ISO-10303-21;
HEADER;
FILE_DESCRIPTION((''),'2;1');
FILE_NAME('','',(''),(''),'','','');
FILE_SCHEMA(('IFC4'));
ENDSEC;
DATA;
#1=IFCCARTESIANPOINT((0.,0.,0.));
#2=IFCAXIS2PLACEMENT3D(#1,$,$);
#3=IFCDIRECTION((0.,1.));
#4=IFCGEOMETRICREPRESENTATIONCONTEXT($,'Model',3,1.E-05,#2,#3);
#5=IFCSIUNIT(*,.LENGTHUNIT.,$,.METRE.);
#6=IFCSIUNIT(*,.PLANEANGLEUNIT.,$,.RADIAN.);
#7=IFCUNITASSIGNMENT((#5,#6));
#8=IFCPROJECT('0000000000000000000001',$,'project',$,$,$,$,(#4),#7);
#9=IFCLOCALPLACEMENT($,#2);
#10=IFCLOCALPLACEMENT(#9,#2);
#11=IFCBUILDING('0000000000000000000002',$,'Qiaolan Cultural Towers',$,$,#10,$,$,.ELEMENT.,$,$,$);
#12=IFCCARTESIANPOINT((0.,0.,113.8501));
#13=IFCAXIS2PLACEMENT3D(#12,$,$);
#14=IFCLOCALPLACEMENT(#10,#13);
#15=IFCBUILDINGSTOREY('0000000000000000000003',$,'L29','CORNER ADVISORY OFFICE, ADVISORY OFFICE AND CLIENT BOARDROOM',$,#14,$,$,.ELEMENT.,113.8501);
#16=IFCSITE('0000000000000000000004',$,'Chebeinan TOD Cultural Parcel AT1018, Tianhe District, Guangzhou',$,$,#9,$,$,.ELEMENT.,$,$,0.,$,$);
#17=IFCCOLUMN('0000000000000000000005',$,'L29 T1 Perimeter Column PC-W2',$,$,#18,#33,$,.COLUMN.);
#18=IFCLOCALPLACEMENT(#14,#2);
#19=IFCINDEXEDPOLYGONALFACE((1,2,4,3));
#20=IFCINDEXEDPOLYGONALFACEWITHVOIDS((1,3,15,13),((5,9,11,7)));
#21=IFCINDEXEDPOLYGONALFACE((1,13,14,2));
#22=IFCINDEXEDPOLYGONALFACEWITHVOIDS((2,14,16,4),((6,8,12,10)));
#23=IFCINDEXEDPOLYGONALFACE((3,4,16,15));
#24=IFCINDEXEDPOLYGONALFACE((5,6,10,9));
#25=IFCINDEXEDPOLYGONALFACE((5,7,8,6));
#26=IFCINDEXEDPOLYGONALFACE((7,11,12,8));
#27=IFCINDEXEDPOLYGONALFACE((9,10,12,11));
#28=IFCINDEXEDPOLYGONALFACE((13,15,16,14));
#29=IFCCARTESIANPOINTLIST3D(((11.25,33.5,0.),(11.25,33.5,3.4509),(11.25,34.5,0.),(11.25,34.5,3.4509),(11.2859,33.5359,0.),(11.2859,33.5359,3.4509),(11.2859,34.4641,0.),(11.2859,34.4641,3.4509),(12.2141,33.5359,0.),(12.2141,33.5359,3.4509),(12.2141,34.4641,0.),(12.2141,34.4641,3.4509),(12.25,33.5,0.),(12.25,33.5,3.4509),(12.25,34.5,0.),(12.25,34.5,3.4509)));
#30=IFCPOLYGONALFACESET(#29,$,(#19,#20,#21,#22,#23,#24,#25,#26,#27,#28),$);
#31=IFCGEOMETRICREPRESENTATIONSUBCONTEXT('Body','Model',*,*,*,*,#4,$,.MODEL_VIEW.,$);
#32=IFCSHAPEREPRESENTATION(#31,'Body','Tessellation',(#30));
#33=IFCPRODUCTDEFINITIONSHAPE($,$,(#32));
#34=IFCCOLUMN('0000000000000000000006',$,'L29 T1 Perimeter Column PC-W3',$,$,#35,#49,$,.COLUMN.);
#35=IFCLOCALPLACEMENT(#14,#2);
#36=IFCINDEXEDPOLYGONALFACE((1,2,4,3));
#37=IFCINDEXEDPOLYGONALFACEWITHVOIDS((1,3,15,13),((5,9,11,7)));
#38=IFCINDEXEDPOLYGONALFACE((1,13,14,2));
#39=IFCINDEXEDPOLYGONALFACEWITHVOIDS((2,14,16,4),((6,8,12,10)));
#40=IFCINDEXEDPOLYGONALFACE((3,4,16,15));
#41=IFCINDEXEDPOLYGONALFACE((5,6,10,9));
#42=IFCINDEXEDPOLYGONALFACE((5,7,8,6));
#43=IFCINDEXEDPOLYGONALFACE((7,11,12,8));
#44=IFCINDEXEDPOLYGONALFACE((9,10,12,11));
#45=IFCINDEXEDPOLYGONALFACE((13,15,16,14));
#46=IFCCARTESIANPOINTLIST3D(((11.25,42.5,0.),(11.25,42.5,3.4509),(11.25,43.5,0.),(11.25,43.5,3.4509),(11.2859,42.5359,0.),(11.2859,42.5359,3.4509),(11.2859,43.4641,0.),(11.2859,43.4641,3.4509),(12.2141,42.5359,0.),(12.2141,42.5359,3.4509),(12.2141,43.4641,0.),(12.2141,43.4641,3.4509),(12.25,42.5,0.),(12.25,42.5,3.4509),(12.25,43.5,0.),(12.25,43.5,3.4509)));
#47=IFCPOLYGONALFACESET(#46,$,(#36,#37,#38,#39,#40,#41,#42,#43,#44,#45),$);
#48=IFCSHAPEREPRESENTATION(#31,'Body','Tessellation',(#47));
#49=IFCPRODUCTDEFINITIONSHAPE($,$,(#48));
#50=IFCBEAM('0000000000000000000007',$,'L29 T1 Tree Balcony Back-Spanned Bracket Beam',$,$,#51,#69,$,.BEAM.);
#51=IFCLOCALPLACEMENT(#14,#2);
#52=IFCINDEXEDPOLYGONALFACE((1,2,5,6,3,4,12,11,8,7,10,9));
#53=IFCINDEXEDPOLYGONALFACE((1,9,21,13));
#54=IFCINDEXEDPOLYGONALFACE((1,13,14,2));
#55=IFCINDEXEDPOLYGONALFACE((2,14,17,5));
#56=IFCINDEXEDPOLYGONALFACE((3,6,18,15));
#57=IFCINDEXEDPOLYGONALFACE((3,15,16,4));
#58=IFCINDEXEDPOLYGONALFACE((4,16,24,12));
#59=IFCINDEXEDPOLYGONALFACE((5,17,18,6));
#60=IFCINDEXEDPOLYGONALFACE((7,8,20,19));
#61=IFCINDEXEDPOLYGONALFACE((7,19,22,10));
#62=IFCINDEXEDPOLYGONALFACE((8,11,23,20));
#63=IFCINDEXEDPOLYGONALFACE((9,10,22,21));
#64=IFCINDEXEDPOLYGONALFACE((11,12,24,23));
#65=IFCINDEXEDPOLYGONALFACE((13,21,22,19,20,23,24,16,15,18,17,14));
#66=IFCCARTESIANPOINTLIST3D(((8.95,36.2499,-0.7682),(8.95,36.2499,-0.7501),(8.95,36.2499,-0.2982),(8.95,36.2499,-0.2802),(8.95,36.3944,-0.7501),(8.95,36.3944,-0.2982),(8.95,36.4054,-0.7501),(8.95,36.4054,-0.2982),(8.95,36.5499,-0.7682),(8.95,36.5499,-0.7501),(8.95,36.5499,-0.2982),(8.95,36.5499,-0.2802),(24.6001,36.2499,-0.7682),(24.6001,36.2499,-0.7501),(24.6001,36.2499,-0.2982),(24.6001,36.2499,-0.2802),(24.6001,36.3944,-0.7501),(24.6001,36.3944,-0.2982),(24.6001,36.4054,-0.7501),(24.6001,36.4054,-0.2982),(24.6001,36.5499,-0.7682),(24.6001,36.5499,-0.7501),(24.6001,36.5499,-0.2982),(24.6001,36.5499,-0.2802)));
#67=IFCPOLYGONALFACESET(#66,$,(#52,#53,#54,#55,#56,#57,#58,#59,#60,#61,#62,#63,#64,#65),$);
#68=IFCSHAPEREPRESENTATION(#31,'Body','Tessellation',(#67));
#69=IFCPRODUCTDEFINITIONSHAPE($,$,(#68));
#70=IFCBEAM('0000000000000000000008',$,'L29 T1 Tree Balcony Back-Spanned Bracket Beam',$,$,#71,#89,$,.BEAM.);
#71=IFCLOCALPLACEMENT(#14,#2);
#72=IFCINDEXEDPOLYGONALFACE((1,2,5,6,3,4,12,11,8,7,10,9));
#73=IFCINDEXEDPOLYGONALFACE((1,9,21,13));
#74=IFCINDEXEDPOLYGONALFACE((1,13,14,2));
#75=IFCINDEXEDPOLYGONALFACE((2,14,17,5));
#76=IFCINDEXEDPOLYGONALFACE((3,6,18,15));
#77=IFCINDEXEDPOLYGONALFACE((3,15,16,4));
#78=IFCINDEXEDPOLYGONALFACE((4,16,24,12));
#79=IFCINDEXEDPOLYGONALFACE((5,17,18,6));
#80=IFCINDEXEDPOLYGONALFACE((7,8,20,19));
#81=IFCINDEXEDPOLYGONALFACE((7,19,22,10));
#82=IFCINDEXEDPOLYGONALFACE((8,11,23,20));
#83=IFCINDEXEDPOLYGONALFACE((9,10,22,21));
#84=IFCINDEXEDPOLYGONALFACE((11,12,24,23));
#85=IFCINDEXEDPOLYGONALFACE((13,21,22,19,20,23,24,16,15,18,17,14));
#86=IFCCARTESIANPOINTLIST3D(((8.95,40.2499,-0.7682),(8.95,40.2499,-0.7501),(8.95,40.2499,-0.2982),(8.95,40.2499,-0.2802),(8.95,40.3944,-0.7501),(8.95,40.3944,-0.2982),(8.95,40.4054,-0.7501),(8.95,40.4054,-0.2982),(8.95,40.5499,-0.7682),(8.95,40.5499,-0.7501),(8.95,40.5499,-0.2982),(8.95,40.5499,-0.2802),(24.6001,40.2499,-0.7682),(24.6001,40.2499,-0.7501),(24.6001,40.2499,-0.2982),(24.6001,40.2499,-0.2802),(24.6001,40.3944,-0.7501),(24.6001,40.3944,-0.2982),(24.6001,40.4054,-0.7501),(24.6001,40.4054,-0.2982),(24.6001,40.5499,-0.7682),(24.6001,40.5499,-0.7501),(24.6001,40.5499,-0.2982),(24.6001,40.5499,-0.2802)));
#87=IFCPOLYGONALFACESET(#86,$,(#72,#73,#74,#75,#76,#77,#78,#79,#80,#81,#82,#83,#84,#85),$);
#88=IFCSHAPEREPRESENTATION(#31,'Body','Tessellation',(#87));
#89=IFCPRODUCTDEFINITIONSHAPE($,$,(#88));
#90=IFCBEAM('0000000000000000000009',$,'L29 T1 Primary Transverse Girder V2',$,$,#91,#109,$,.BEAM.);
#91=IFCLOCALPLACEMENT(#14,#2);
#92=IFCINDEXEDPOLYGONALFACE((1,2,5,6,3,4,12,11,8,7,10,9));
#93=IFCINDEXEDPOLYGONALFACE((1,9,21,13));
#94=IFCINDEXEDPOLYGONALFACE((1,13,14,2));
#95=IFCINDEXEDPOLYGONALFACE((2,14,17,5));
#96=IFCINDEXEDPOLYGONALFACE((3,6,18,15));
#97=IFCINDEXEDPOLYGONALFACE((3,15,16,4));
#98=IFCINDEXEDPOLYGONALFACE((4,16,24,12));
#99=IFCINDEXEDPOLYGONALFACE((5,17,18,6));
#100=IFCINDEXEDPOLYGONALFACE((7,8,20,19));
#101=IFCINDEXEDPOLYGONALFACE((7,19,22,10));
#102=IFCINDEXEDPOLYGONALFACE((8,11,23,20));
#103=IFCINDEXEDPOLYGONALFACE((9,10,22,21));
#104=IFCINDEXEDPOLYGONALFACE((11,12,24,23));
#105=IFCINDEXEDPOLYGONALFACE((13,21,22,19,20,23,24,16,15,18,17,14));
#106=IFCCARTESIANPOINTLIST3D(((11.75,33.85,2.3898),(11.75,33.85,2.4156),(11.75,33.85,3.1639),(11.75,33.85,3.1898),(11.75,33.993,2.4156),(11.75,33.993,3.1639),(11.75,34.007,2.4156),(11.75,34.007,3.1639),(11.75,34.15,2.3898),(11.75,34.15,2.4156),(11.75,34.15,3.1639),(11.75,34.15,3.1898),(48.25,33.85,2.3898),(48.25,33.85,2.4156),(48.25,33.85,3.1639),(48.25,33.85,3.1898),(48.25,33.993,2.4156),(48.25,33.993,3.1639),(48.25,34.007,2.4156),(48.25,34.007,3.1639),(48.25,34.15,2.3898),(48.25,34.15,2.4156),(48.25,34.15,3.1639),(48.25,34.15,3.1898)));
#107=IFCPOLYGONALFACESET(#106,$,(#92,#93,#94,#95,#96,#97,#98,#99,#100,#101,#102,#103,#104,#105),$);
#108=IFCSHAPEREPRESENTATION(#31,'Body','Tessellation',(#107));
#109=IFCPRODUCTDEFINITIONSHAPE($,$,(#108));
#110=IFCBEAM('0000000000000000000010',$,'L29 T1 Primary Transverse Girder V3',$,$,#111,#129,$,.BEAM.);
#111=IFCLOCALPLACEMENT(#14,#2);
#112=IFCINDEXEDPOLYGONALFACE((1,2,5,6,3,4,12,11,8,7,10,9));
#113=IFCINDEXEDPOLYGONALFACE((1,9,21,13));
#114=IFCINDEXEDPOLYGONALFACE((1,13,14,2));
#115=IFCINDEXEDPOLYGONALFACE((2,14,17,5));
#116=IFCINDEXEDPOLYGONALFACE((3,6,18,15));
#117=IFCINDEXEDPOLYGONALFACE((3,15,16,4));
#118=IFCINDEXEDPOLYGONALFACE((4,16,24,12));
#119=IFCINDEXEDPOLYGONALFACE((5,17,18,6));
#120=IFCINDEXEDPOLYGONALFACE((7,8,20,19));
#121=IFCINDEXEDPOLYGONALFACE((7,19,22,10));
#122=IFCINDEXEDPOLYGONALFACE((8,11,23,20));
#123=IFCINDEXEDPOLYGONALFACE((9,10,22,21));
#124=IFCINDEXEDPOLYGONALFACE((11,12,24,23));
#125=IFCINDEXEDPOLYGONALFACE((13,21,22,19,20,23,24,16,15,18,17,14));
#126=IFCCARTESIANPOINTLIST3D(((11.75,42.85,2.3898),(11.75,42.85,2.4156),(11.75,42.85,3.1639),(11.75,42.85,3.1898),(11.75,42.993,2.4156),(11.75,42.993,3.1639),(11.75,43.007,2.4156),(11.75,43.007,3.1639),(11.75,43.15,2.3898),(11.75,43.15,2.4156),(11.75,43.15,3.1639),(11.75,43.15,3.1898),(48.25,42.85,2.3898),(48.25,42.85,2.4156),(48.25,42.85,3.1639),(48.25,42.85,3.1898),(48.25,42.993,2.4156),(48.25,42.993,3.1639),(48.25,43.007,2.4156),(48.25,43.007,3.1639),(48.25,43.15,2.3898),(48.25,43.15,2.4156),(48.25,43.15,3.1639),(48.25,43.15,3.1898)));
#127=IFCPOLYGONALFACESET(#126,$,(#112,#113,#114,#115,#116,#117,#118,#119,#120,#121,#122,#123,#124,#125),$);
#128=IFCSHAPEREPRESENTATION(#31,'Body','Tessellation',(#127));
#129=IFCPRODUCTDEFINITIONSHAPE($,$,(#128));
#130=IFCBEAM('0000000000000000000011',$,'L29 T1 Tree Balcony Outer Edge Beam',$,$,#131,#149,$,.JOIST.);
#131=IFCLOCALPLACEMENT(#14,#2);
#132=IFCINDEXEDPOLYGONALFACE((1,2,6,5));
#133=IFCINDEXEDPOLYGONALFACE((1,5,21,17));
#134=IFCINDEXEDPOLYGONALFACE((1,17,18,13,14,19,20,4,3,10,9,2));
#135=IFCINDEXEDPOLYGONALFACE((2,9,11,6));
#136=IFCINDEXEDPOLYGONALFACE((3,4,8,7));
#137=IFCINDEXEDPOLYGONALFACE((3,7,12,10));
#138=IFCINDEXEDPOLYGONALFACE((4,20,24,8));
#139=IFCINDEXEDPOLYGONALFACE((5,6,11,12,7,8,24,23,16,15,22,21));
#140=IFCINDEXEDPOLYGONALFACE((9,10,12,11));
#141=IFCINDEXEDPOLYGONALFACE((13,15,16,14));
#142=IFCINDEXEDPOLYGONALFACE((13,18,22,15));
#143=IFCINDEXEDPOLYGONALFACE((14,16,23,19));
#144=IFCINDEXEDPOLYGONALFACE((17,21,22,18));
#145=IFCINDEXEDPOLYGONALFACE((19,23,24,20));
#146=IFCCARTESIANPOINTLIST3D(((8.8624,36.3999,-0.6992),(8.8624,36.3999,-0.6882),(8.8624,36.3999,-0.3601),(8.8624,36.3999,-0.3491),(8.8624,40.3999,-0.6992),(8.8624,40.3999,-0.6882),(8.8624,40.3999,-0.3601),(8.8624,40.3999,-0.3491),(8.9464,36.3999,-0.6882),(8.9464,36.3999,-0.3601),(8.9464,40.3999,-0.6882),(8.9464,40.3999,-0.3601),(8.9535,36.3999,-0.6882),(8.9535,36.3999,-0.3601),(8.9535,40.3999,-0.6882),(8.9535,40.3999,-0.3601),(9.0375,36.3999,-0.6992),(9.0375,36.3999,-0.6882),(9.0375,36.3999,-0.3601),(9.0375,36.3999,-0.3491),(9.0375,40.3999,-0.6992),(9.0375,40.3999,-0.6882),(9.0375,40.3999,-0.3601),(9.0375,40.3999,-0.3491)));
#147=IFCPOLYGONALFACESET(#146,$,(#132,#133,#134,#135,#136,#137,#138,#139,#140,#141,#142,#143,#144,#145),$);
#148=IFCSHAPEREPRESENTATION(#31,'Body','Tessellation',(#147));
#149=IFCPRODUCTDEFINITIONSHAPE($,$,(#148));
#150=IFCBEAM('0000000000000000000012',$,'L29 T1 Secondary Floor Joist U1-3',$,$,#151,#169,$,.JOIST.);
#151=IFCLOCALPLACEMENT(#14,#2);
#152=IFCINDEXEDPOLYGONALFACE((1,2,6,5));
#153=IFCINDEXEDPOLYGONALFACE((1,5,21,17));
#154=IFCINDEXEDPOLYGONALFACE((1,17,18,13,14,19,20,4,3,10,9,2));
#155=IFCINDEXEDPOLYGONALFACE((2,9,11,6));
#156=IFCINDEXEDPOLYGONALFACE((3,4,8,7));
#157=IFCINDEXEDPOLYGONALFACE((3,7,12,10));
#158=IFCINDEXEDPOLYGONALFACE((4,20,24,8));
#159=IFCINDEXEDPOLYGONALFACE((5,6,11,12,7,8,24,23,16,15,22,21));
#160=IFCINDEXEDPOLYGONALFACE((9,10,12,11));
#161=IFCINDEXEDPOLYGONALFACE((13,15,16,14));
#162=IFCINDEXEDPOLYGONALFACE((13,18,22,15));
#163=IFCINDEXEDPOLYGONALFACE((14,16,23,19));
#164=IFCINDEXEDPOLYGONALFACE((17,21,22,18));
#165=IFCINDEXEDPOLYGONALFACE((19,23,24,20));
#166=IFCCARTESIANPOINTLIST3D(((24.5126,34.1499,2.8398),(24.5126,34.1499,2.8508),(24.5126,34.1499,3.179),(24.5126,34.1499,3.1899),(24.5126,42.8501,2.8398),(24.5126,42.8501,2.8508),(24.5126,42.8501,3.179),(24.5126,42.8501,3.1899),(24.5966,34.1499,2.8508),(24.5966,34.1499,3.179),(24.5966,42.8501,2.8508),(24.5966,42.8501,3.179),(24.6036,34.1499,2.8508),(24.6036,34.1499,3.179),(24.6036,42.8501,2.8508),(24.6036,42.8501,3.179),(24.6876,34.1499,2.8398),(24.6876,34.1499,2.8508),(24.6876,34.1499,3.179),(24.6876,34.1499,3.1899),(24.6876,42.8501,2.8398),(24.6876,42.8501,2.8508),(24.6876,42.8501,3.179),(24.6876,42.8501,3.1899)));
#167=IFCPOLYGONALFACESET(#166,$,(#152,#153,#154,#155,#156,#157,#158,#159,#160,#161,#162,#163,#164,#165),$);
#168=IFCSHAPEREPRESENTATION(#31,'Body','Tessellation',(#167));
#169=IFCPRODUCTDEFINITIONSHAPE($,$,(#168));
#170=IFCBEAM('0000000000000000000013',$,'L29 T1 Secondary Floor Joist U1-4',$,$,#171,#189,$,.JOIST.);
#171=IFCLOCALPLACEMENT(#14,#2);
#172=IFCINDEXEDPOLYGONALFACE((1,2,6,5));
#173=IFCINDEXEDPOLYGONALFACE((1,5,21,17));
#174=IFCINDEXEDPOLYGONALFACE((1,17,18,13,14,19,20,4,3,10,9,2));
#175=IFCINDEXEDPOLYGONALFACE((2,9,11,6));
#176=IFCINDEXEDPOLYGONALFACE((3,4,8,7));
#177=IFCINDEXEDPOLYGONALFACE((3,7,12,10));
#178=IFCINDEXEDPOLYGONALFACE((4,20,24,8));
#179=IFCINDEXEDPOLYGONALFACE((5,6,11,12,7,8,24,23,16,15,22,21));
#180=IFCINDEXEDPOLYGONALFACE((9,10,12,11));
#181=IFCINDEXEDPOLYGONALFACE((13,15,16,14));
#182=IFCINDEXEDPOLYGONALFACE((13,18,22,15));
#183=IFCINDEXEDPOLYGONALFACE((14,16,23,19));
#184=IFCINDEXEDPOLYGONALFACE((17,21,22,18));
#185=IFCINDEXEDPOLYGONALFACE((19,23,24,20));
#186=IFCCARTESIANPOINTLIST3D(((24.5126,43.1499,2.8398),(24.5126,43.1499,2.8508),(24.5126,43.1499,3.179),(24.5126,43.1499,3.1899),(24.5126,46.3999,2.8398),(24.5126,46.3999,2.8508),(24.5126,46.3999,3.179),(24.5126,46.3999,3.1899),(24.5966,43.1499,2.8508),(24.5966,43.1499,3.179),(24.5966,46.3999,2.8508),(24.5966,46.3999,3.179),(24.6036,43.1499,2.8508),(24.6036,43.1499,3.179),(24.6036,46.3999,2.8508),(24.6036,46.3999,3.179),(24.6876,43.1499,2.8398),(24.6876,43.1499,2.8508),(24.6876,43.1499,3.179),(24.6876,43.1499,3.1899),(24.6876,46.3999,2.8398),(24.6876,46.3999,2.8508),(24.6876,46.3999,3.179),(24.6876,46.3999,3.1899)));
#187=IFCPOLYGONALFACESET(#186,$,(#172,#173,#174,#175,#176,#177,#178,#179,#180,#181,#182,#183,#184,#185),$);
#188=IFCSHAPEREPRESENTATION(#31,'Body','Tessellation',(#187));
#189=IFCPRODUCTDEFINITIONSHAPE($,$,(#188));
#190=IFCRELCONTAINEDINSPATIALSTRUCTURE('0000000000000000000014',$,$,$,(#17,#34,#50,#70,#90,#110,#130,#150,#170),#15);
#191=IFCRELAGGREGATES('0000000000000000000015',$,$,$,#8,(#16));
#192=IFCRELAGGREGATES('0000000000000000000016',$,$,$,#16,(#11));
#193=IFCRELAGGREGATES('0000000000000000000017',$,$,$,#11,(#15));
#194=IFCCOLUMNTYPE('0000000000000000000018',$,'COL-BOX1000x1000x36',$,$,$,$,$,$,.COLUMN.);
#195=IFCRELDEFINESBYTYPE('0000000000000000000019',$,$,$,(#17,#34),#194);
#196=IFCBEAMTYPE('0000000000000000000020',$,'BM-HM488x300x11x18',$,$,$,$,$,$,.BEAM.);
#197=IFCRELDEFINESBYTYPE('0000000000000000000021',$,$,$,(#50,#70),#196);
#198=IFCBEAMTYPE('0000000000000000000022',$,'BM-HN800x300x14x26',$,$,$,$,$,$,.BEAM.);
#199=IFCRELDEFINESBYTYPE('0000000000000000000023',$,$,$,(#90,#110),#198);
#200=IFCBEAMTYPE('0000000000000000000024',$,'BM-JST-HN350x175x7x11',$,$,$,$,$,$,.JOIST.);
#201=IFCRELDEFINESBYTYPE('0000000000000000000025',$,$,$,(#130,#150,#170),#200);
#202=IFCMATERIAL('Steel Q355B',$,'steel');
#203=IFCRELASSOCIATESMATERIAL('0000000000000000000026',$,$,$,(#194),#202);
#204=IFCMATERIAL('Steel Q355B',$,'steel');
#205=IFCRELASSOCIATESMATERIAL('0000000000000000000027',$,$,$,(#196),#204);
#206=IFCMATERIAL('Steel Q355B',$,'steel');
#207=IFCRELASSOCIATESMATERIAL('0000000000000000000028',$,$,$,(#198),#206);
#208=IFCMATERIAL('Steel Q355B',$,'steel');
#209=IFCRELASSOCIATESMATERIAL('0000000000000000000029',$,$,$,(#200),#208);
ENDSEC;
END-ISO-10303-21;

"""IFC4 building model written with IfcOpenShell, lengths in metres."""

from ifc_helpers import new_model, si_unit, direction, frame, origin, origin_2d, place, context, subcontext, project, spatial, hollow_rectangle, i_section, extrude, material, material_profile, profile_set, type_object, element, save


model = new_model("IFC4")

# Units and contexts
model_context = context("Model", 3, precision=1e-05, world=origin(), true_north=direction((0.0, 1.0)))
body_context = subcontext(model_context, "Body", "Model", "MODEL_VIEW")
ifc_project = project(units=[si_unit("LENGTHUNIT", "METRE"), si_unit("PLANEANGLEUNIT", "RADIAN")], contexts=[model_context])

# Site, building, storey
site_placement = place(None, origin())
site = spatial("IfcSite", under=ifc_project, at=site_placement, Name="Chebeinan TOD Cultural Parcel AT1018, Tianhe District, Guangzhou", CompositionType="ELEMENT", RefElevation=0.0)
building_placement = place(site_placement, origin())
building = spatial("IfcBuilding", under=site, at=building_placement, Name="Qiaolan Cultural Towers", CompositionType="ELEMENT")
storey_placement = place(building_placement, frame((0.0, 0.0, 113.8501)))
storey = spatial("IfcBuildingStorey", under=building, at=storey_placement, Name="L29", Description="CORNER ADVISORY OFFICE, ADVISORY OFFICE AND CLIENT BOARDROOM", CompositionType="ELEMENT", Elevation=113.8501)

# Columns
ifc_material_1 = material(Name="Steel Q355B", Category="steel")
ifc_material_profile_1 = material_profile(ifc_material_1, hollow_rectangle(XDim=1.0, YDim=1.0, WallThickness=0.0359, at=origin_2d()), Name="BOX1000x1000x36")
ifc_profile_set_1 = profile_set([ifc_material_profile_1], Name="Steel Q355B")
column_type = type_object("IfcColumnType", Name="COL-BOX1000x1000x36", PredefinedType="COLUMN", material=ifc_profile_set_1)
for number, where, z_axis, x_axis, name in (
    (1, (11.75, 34.0, 0.0), (0.0, 0.0, 1.0), (1.0, 0.0, 0.0), "L29 T1 Perimeter Column PC-W2"),
    (2, (11.75, 43.0, 0.0), (0.0, 0.0, 1.0), (1.0, 0.0, 0.0), "L29 T1 Perimeter Column PC-W3"),
):
    element("IfcColumn", number, at=place(storey_placement, frame(where, z_axis=z_axis, x_axis=x_axis)), inside=storey, type_object=column_type, Name=name, PredefinedType="COLUMN", context=body_context, shape_type="SweptSolid", body=[
        extrude(hollow_rectangle(XDim=1.0, YDim=1.0, WallThickness=0.0359, at=origin_2d()), origin(), (0.0, 0.0, 1.0), 3.4509),
    ])

# Beams
ifc_material_2 = material(Name="Steel Q355B", Category="steel")
ifc_material_profile_2 = material_profile(ifc_material_2, i_section(OverallWidth=0.3, OverallDepth=0.488, WebThickness=0.011, FlangeThickness=0.0181, at=origin_2d()), Name="HM488x300x11x18")
ifc_profile_set_2 = profile_set([ifc_material_profile_2], Name="Steel Q355B")
beam_type_1 = type_object("IfcBeamType", Name="BM-HM488x300x11x18", PredefinedType="BEAM", material=ifc_profile_set_2)
for number, where, z_axis, x_axis, name in (
    (3, (24.6001, 36.3999, -0.5242), (-1.0, 0.0, 0.0), (0.0, -1.0, 0.0), "L29 T1 Tree Balcony Back-Spanned Bracket Beam"),
    (4, (24.6001, 40.3999, -0.5242), (-1.0, 0.0, 0.0), (0.0, -1.0, 0.0), "L29 T1 Tree Balcony Back-Spanned Bracket Beam"),
):
    element("IfcBeam", number, at=place(storey_placement, frame(where, z_axis=z_axis, x_axis=x_axis)), inside=storey, type_object=beam_type_1, Name=name, PredefinedType="BEAM", context=body_context, shape_type="SweptSolid", body=[
        extrude(i_section(OverallWidth=0.3, OverallDepth=0.488, WebThickness=0.011, FlangeThickness=0.0181, at=origin_2d()), origin(), (0.0, 0.0, 1.0), 15.6501),
    ])
ifc_material_3 = material(Name="Steel Q355B", Category="steel")
ifc_material_profile_3 = material_profile(ifc_material_3, i_section(OverallWidth=0.3, OverallDepth=0.8, WebThickness=0.0139, FlangeThickness=0.0259, at=origin_2d()), Name="HN800x300x14x26")
ifc_profile_set_3 = profile_set([ifc_material_profile_3], Name="Steel Q355B")
beam_type_2 = type_object("IfcBeamType", Name="BM-HN800x300x14x26", PredefinedType="BEAM", material=ifc_profile_set_3)
for number, where, z_axis, x_axis, name in (
    (5, (11.75, 34.0, 2.7898), (1.0, 0.0, 0.0), (0.0, 1.0, 0.0), "L29 T1 Primary Transverse Girder V2"),
    (6, (11.75, 43.0, 2.7898), (1.0, 0.0, 0.0), (0.0, 1.0, 0.0), "L29 T1 Primary Transverse Girder V3"),
):
    element("IfcBeam", number, at=place(storey_placement, frame(where, z_axis=z_axis, x_axis=x_axis)), inside=storey, type_object=beam_type_2, Name=name, PredefinedType="BEAM", context=body_context, shape_type="SweptSolid", body=[
        extrude(i_section(OverallWidth=0.3, OverallDepth=0.8, WebThickness=0.0139, FlangeThickness=0.0259, at=origin_2d()), origin(), (0.0, 0.0, 1.0), 36.5),
    ])
ifc_material_4 = material(Name="Steel Q355B", Category="steel")
ifc_material_profile_4 = material_profile(ifc_material_4, i_section(OverallWidth=0.175, OverallDepth=0.3501, WebThickness=0.0071, FlangeThickness=0.011, at=origin_2d()), Name="HN350x175x7x11")
ifc_profile_set_4 = profile_set([ifc_material_profile_4], Name="Steel Q355B")
beam_type_3 = type_object("IfcBeamType", Name="BM-JST-HN350x175x7x11", PredefinedType="JOIST", material=ifc_profile_set_4)
beam_1_placement = place(storey_placement, frame((8.95, 36.3999, -0.5242), z_axis=(0.0, 1.0, 0.0), x_axis=(-1.0, 0.0, 0.0)))
element("IfcBeam", 7, at=beam_1_placement, inside=storey, type_object=beam_type_3, Name="L29 T1 Tree Balcony Outer Edge Beam", PredefinedType="JOIST", context=body_context, shape_type="SweptSolid", body=[
    extrude(i_section(OverallWidth=0.175, OverallDepth=0.3501, WebThickness=0.0071, FlangeThickness=0.011, at=origin_2d()), origin(), (0.0, 0.0, 1.0), 4.0),
])
beam_2_placement = place(storey_placement, frame((24.6001, 34.1499, 3.0149), z_axis=(0.0, 1.0, 0.0), x_axis=(-1.0, 0.0, 0.0)))
element("IfcBeam", 8, at=beam_2_placement, inside=storey, type_object=beam_type_3, Name="L29 T1 Secondary Floor Joist U1-3", PredefinedType="JOIST", context=body_context, shape_type="SweptSolid", body=[
    extrude(i_section(OverallWidth=0.175, OverallDepth=0.3501, WebThickness=0.0071, FlangeThickness=0.011, at=origin_2d()), origin(), (0.0, 0.0, 1.0), 8.7002),
])
beam_3_placement = place(storey_placement, frame((24.6001, 43.1499, 3.0149), z_axis=(0.0, 1.0, 0.0), x_axis=(-1.0, 0.0, 0.0)))
element("IfcBeam", 9, at=beam_3_placement, inside=storey, type_object=beam_type_3, Name="L29 T1 Secondary Floor Joist U1-4", PredefinedType="JOIST", context=body_context, shape_type="SweptSolid", body=[
    extrude(i_section(OverallWidth=0.175, OverallDepth=0.3501, WebThickness=0.0071, FlangeThickness=0.011, at=origin_2d()), origin(), (0.0, 0.0, 1.0), 3.25),
])

save(model, "model.ifc")
